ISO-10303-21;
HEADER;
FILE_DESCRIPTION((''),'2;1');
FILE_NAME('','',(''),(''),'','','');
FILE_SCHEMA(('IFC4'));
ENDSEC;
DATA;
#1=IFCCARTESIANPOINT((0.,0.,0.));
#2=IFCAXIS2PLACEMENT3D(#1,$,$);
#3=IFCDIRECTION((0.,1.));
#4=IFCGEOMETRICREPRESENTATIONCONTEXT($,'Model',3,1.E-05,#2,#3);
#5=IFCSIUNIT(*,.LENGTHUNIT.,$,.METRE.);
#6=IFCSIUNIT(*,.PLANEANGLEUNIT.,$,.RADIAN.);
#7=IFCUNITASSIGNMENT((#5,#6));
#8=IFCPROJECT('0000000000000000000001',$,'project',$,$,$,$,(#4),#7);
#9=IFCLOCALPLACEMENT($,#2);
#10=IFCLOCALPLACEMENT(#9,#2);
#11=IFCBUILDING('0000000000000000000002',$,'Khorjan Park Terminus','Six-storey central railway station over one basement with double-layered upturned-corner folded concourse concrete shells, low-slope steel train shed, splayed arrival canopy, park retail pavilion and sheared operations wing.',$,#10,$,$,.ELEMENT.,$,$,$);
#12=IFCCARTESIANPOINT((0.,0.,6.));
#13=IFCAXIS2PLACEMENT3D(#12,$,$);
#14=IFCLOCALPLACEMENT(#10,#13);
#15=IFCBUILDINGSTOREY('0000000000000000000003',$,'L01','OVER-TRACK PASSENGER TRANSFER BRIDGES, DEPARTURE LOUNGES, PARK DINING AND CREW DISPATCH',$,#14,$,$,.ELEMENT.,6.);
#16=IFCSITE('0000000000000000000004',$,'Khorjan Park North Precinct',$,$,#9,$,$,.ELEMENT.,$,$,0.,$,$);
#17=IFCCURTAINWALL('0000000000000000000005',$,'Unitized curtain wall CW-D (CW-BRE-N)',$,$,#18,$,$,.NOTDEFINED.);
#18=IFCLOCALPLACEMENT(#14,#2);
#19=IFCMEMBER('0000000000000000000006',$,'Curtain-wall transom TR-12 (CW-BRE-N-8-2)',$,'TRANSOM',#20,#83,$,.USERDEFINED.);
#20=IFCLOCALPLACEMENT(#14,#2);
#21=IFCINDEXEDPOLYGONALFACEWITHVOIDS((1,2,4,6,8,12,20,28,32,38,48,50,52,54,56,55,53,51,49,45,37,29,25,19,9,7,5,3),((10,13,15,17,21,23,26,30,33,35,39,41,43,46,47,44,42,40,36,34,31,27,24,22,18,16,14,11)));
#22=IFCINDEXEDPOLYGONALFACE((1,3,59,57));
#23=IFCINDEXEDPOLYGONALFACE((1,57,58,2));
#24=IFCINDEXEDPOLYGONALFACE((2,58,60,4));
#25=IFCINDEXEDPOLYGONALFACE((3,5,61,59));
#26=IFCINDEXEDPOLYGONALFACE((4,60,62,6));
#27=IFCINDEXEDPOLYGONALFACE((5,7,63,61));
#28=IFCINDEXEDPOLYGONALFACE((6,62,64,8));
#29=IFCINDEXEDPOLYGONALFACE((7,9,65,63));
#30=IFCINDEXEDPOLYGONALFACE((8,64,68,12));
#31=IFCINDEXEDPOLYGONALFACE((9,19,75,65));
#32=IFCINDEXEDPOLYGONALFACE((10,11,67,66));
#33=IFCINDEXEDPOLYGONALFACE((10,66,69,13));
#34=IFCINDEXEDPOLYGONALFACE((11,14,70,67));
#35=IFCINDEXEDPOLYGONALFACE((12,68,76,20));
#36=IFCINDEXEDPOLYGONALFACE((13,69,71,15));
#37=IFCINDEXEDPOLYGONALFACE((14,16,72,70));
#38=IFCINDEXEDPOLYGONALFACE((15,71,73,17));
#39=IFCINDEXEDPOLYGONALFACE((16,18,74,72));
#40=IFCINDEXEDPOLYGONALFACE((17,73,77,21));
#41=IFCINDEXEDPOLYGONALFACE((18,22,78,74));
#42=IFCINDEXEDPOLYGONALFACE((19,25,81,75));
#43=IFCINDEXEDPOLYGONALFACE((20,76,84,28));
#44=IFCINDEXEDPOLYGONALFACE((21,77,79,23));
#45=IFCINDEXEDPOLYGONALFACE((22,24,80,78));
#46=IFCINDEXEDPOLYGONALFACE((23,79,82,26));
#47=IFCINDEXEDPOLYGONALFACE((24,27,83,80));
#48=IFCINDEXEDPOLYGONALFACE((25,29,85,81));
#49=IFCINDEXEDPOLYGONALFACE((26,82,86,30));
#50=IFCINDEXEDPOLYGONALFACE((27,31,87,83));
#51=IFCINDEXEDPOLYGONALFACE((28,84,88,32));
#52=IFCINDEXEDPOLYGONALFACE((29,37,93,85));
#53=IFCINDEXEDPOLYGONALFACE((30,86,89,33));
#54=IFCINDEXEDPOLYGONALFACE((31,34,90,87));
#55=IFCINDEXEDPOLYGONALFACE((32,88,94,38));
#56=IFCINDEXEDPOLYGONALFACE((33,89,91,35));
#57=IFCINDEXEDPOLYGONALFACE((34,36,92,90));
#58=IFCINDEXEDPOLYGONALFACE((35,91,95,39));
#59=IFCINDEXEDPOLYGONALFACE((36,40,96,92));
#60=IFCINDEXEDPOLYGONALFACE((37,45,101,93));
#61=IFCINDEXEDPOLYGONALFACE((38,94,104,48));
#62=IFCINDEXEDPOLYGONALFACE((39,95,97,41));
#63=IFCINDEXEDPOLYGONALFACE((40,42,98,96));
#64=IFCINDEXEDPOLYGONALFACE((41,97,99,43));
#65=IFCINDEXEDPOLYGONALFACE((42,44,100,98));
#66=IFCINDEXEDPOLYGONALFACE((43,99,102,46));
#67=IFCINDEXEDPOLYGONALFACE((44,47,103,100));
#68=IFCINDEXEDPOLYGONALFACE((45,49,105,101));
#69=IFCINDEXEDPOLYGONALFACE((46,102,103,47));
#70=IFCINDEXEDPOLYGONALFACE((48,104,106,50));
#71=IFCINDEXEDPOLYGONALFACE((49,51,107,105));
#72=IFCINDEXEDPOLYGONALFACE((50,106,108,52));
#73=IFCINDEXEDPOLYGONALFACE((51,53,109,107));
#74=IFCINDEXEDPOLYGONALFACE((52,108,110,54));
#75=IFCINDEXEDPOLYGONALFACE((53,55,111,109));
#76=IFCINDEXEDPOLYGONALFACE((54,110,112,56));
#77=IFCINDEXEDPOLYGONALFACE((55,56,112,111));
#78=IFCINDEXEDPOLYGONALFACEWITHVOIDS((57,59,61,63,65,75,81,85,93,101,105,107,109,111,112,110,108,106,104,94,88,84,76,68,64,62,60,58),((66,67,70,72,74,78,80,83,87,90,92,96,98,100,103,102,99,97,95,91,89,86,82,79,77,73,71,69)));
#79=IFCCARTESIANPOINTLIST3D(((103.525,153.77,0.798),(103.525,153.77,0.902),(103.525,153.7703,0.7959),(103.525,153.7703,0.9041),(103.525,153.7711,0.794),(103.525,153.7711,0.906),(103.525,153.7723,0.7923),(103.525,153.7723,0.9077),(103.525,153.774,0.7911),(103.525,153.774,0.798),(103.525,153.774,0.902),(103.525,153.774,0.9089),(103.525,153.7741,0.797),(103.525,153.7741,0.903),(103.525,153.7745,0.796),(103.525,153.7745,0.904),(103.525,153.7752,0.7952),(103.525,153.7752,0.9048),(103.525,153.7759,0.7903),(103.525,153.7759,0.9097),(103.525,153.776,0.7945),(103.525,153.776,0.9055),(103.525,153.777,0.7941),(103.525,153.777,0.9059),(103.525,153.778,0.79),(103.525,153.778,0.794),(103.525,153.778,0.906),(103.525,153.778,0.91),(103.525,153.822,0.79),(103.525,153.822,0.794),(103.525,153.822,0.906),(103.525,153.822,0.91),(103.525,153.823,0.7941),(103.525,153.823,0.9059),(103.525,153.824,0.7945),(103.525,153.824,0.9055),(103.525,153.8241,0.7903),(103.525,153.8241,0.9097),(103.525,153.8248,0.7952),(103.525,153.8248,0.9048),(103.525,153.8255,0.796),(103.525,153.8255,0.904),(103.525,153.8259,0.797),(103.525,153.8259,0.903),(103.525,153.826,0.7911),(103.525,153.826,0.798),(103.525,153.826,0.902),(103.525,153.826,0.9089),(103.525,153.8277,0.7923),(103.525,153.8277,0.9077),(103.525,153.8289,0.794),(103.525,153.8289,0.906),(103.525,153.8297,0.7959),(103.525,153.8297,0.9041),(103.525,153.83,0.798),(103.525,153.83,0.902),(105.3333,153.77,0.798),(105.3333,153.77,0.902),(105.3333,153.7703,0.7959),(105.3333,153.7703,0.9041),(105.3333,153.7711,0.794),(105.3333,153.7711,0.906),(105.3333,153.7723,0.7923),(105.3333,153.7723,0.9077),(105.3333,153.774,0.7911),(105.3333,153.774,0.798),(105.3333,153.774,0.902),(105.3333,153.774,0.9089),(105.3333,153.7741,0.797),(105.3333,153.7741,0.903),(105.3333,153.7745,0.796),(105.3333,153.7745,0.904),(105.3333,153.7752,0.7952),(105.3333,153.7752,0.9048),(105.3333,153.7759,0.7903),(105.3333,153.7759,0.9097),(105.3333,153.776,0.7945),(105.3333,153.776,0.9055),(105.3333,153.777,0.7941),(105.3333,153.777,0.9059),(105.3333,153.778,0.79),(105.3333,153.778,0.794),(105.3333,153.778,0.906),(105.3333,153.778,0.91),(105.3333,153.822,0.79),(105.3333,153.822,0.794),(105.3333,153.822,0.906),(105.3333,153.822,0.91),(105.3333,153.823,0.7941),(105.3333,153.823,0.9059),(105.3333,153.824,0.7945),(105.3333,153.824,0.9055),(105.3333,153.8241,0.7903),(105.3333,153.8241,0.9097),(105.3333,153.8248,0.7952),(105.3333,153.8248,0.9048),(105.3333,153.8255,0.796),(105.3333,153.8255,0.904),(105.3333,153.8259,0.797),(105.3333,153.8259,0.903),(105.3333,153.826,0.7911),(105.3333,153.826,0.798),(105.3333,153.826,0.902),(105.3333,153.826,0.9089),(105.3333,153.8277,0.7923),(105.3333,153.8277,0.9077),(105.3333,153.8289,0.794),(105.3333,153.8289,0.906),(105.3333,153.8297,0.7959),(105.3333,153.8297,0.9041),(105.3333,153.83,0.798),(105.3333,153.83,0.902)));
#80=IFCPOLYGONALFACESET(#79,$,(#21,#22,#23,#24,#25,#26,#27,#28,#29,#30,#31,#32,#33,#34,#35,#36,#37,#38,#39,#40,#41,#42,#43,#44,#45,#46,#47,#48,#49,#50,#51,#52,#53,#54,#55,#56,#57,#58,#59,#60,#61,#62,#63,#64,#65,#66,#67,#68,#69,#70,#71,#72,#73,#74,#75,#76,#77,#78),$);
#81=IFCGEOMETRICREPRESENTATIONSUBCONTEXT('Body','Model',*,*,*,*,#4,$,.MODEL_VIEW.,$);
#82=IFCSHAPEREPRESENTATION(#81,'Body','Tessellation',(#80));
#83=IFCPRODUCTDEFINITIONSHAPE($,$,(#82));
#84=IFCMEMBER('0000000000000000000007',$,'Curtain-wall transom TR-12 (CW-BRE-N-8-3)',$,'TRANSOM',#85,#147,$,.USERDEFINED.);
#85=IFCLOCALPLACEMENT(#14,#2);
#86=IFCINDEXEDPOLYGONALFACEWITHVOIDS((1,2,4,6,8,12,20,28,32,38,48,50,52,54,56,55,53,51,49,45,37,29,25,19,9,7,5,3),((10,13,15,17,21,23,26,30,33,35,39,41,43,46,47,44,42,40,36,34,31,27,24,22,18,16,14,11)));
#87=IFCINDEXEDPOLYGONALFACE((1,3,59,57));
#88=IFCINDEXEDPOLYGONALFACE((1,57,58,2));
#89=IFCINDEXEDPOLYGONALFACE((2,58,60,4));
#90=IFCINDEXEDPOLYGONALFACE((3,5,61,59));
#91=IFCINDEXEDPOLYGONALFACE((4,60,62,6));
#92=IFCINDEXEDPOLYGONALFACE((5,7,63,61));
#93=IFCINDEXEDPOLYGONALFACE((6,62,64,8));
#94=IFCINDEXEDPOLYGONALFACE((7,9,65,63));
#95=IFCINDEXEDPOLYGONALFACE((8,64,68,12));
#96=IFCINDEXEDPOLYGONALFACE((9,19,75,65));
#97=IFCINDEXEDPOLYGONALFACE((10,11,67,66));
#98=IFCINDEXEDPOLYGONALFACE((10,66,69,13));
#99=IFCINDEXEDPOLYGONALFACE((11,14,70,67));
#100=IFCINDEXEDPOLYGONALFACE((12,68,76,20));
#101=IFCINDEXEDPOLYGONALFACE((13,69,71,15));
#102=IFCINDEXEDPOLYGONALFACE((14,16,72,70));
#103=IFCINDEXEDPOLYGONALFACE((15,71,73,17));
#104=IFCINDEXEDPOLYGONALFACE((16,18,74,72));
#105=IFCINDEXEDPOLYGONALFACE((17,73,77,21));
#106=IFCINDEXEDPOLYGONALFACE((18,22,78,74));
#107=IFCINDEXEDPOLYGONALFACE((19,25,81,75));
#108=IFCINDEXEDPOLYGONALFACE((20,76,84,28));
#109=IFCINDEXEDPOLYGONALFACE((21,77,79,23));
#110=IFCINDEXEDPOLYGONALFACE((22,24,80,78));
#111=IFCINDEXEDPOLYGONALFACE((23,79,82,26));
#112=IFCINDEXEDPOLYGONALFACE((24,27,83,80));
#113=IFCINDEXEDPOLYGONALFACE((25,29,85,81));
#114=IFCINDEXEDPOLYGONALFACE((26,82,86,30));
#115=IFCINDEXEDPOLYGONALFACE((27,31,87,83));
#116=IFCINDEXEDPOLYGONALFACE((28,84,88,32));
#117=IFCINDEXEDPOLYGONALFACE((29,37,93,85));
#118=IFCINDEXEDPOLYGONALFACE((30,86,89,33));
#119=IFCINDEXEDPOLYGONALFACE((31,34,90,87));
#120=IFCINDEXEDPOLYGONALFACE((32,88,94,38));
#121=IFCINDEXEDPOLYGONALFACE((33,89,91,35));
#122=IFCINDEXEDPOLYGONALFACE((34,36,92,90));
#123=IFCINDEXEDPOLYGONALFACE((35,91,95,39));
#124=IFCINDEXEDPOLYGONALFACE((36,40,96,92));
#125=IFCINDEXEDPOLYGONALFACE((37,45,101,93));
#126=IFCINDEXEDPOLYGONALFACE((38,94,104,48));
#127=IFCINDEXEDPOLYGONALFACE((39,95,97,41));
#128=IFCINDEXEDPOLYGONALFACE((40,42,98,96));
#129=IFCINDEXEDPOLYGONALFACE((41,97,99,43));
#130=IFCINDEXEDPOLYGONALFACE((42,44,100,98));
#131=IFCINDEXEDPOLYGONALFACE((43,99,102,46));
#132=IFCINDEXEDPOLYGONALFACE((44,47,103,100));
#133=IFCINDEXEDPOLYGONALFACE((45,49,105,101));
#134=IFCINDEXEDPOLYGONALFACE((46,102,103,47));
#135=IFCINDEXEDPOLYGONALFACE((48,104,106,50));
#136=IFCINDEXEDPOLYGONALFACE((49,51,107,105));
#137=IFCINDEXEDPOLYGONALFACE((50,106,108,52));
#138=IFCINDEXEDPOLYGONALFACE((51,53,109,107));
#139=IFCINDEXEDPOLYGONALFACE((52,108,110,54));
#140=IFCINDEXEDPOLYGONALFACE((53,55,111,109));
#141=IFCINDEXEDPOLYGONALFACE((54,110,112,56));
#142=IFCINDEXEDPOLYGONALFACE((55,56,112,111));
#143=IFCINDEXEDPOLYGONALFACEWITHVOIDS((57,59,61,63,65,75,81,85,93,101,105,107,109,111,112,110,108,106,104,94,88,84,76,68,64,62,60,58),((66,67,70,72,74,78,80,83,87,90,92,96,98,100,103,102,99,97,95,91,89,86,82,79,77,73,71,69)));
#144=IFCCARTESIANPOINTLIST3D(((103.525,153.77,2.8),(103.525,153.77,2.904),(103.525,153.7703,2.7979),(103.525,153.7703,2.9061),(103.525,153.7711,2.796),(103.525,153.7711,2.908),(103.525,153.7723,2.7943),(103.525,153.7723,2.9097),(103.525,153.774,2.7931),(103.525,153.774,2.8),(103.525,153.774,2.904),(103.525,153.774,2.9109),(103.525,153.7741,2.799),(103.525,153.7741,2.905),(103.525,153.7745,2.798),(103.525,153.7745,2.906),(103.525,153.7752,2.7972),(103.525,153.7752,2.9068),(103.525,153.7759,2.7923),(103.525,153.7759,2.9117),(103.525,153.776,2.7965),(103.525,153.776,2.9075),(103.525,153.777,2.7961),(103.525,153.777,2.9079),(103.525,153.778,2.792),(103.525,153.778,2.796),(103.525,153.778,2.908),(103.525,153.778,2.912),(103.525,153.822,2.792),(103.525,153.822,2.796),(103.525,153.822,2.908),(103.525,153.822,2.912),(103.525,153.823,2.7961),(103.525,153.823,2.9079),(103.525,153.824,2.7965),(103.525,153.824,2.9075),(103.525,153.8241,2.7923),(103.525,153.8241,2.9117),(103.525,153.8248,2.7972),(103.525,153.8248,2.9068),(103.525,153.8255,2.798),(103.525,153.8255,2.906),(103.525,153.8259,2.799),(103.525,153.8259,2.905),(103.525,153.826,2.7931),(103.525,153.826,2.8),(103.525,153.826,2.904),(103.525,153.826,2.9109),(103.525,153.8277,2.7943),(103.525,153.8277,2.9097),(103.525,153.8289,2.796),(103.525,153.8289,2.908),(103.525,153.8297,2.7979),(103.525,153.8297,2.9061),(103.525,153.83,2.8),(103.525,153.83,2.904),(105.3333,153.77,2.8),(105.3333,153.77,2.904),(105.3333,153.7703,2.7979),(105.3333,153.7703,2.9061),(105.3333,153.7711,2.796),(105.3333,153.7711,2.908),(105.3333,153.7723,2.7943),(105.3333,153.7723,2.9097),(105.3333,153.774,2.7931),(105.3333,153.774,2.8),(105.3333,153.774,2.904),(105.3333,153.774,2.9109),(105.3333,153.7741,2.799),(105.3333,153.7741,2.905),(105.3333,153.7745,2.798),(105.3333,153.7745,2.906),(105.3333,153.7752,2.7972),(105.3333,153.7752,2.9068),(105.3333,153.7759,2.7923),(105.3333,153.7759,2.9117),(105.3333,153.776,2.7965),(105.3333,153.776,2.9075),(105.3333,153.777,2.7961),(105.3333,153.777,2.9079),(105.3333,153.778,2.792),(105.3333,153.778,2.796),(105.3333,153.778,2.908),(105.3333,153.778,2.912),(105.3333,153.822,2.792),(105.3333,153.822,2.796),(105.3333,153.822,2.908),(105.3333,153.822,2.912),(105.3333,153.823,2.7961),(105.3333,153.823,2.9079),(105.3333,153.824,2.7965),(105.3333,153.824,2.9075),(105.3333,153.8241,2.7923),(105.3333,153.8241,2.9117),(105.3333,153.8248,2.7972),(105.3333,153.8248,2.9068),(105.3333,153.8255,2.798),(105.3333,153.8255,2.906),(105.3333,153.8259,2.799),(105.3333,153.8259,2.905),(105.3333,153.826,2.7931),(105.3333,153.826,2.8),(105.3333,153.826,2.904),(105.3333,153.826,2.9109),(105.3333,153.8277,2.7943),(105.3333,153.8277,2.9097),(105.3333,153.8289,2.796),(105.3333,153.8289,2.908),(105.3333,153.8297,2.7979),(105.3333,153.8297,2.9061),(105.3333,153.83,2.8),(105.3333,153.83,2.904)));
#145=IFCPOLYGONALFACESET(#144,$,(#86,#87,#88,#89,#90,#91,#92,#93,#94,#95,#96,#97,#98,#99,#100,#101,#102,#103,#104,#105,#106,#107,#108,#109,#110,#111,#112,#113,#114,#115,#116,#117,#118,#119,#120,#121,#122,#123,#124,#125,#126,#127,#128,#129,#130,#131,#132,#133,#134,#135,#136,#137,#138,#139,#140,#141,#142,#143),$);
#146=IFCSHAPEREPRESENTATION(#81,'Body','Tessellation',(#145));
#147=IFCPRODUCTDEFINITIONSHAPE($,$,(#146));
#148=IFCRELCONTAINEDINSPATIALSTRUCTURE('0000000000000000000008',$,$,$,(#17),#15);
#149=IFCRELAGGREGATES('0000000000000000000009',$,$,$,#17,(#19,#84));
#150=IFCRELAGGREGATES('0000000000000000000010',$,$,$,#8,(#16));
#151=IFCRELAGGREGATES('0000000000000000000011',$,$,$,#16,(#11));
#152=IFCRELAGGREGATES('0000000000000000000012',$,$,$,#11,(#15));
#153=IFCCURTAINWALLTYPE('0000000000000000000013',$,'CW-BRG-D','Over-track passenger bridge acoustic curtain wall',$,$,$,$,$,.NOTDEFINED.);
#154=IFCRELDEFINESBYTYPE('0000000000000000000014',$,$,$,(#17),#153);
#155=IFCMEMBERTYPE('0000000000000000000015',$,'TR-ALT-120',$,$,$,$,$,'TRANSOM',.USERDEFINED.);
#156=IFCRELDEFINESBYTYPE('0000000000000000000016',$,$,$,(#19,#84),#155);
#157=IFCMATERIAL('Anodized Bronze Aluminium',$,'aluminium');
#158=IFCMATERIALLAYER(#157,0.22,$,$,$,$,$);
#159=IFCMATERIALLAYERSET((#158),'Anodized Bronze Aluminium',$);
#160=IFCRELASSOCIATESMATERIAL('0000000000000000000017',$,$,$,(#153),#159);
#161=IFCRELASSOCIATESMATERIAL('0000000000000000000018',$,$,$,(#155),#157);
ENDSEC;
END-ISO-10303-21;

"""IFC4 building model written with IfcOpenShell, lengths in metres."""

from ifc_helpers import new_model, si_unit, direction, frame, origin, origin_2d, place, context, subcontext, project, spatial, hollow_rectangle, extrude, material, layer, layer_set, material_profile, profile_set, type_object, element, aggregate, save


model = new_model("IFC4")

# Units and contexts
model_context = context("Model", 3, precision=1e-05, world=origin(), true_north=direction((0.0, 1.0)))
body_context = subcontext(model_context, "Body", "Model", "MODEL_VIEW")
ifc_project = project(units=[si_unit("LENGTHUNIT", "METRE"), si_unit("PLANEANGLEUNIT", "RADIAN")], contexts=[model_context])

# Site, building, storey
site_placement = place(None, origin())
site = spatial("IfcSite", under=ifc_project, at=site_placement, Name="Khorjan Park North Precinct", CompositionType="ELEMENT", RefElevation=0.0)
building_placement = place(site_placement, origin())
building = spatial("IfcBuilding", under=site, at=building_placement, Name="Khorjan Park Terminus", Description="Six-storey central railway station over one basement with double-layered upturned-corner folded concourse concrete shells, low-slope steel train shed, splayed arrival canopy, park retail pavilion and sheared operations wing.", CompositionType="ELEMENT")
storey_placement = place(building_placement, frame((0.0, 0.0, 6.0)))
storey = spatial("IfcBuildingStorey", under=building, at=storey_placement, Name="L01", Description="OVER-TRACK PASSENGER TRANSFER BRIDGES, DEPARTURE LOUNGES, PARK DINING AND CREW DISPATCH", CompositionType="ELEMENT", Elevation=6.0)

# Curtain wall, members
ifc_material_1 = material(Name="Anodized Bronze Aluminium", Category="aluminium")
ifc_layer_1 = layer(ifc_material_1, 0.22)
ifc_layer_set_1 = layer_set([ifc_layer_1], Name="Anodized Bronze Aluminium")
curtain_wall_type = type_object("IfcCurtainWallType", Name="CW-BRG-D", Description="Over-track passenger bridge acoustic curtain wall", PredefinedType="NOTDEFINED", material=ifc_layer_set_1)
curtain_wall_placement = place(storey_placement, origin())
curtain_wall = element("IfcCurtainWall", 1, at=curtain_wall_placement, inside=storey, type_object=curtain_wall_type, Name="Unitized curtain wall CW-D (CW-BRE-N)", PredefinedType="NOTDEFINED")
ifc_material_profile_1 = material_profile(ifc_material_1, hollow_rectangle(XDim=0.06, YDim=0.12, WallThickness=0.004, InnerFilletRadius=0.004, OuterFilletRadius=0.008, at=origin_2d()), Name="ALT 60x120x4")
ifc_profile_set_1 = profile_set([ifc_material_profile_1], Name="Anodized Bronze Aluminium")
member_type_1 = type_object("IfcMemberType", Name="TR-ALT-120", ElementType="TRANSOM", PredefinedType="USERDEFINED", material=ifc_profile_set_1)
member_1_placement = place(storey_placement, frame((105.3333, 153.8, 0.85), z_axis=(-1.0, 0.0, 0.0), x_axis=(0.0, -1.0, 0.0)))
member_1 = element("IfcMember", 2, at=member_1_placement, type_object=member_type_1, Name="Curtain-wall transom TR-12 (CW-BRE-N-8-2)", ObjectType="TRANSOM", PredefinedType="USERDEFINED", context=body_context, shape_type="SweptSolid", body=[
    extrude(hollow_rectangle(XDim=0.06, YDim=0.12, WallThickness=0.004, InnerFilletRadius=0.004, OuterFilletRadius=0.008, at=origin_2d()), origin(), (0.0, 0.0, 1.0), 1.8083),
])
member_2_placement = place(storey_placement, frame((105.3333, 153.8, 2.852), z_axis=(-1.0, 0.0, 0.0), x_axis=(0.0, -1.0, 0.0)))
member_2 = element("IfcMember", 3, at=member_2_placement, type_object=member_type_1, Name="Curtain-wall transom TR-12 (CW-BRE-N-8-3)", ObjectType="TRANSOM", PredefinedType="USERDEFINED", context=body_context, shape_type="SweptSolid", body=[
    extrude(hollow_rectangle(XDim=0.06, YDim=0.12, WallThickness=0.004, InnerFilletRadius=0.004, OuterFilletRadius=0.008, at=origin_2d()), origin(), (0.0, 0.0, 1.0), 1.8083),
])
aggregate(curtain_wall, [member_1, member_2])

save(model, "model.ifc")
